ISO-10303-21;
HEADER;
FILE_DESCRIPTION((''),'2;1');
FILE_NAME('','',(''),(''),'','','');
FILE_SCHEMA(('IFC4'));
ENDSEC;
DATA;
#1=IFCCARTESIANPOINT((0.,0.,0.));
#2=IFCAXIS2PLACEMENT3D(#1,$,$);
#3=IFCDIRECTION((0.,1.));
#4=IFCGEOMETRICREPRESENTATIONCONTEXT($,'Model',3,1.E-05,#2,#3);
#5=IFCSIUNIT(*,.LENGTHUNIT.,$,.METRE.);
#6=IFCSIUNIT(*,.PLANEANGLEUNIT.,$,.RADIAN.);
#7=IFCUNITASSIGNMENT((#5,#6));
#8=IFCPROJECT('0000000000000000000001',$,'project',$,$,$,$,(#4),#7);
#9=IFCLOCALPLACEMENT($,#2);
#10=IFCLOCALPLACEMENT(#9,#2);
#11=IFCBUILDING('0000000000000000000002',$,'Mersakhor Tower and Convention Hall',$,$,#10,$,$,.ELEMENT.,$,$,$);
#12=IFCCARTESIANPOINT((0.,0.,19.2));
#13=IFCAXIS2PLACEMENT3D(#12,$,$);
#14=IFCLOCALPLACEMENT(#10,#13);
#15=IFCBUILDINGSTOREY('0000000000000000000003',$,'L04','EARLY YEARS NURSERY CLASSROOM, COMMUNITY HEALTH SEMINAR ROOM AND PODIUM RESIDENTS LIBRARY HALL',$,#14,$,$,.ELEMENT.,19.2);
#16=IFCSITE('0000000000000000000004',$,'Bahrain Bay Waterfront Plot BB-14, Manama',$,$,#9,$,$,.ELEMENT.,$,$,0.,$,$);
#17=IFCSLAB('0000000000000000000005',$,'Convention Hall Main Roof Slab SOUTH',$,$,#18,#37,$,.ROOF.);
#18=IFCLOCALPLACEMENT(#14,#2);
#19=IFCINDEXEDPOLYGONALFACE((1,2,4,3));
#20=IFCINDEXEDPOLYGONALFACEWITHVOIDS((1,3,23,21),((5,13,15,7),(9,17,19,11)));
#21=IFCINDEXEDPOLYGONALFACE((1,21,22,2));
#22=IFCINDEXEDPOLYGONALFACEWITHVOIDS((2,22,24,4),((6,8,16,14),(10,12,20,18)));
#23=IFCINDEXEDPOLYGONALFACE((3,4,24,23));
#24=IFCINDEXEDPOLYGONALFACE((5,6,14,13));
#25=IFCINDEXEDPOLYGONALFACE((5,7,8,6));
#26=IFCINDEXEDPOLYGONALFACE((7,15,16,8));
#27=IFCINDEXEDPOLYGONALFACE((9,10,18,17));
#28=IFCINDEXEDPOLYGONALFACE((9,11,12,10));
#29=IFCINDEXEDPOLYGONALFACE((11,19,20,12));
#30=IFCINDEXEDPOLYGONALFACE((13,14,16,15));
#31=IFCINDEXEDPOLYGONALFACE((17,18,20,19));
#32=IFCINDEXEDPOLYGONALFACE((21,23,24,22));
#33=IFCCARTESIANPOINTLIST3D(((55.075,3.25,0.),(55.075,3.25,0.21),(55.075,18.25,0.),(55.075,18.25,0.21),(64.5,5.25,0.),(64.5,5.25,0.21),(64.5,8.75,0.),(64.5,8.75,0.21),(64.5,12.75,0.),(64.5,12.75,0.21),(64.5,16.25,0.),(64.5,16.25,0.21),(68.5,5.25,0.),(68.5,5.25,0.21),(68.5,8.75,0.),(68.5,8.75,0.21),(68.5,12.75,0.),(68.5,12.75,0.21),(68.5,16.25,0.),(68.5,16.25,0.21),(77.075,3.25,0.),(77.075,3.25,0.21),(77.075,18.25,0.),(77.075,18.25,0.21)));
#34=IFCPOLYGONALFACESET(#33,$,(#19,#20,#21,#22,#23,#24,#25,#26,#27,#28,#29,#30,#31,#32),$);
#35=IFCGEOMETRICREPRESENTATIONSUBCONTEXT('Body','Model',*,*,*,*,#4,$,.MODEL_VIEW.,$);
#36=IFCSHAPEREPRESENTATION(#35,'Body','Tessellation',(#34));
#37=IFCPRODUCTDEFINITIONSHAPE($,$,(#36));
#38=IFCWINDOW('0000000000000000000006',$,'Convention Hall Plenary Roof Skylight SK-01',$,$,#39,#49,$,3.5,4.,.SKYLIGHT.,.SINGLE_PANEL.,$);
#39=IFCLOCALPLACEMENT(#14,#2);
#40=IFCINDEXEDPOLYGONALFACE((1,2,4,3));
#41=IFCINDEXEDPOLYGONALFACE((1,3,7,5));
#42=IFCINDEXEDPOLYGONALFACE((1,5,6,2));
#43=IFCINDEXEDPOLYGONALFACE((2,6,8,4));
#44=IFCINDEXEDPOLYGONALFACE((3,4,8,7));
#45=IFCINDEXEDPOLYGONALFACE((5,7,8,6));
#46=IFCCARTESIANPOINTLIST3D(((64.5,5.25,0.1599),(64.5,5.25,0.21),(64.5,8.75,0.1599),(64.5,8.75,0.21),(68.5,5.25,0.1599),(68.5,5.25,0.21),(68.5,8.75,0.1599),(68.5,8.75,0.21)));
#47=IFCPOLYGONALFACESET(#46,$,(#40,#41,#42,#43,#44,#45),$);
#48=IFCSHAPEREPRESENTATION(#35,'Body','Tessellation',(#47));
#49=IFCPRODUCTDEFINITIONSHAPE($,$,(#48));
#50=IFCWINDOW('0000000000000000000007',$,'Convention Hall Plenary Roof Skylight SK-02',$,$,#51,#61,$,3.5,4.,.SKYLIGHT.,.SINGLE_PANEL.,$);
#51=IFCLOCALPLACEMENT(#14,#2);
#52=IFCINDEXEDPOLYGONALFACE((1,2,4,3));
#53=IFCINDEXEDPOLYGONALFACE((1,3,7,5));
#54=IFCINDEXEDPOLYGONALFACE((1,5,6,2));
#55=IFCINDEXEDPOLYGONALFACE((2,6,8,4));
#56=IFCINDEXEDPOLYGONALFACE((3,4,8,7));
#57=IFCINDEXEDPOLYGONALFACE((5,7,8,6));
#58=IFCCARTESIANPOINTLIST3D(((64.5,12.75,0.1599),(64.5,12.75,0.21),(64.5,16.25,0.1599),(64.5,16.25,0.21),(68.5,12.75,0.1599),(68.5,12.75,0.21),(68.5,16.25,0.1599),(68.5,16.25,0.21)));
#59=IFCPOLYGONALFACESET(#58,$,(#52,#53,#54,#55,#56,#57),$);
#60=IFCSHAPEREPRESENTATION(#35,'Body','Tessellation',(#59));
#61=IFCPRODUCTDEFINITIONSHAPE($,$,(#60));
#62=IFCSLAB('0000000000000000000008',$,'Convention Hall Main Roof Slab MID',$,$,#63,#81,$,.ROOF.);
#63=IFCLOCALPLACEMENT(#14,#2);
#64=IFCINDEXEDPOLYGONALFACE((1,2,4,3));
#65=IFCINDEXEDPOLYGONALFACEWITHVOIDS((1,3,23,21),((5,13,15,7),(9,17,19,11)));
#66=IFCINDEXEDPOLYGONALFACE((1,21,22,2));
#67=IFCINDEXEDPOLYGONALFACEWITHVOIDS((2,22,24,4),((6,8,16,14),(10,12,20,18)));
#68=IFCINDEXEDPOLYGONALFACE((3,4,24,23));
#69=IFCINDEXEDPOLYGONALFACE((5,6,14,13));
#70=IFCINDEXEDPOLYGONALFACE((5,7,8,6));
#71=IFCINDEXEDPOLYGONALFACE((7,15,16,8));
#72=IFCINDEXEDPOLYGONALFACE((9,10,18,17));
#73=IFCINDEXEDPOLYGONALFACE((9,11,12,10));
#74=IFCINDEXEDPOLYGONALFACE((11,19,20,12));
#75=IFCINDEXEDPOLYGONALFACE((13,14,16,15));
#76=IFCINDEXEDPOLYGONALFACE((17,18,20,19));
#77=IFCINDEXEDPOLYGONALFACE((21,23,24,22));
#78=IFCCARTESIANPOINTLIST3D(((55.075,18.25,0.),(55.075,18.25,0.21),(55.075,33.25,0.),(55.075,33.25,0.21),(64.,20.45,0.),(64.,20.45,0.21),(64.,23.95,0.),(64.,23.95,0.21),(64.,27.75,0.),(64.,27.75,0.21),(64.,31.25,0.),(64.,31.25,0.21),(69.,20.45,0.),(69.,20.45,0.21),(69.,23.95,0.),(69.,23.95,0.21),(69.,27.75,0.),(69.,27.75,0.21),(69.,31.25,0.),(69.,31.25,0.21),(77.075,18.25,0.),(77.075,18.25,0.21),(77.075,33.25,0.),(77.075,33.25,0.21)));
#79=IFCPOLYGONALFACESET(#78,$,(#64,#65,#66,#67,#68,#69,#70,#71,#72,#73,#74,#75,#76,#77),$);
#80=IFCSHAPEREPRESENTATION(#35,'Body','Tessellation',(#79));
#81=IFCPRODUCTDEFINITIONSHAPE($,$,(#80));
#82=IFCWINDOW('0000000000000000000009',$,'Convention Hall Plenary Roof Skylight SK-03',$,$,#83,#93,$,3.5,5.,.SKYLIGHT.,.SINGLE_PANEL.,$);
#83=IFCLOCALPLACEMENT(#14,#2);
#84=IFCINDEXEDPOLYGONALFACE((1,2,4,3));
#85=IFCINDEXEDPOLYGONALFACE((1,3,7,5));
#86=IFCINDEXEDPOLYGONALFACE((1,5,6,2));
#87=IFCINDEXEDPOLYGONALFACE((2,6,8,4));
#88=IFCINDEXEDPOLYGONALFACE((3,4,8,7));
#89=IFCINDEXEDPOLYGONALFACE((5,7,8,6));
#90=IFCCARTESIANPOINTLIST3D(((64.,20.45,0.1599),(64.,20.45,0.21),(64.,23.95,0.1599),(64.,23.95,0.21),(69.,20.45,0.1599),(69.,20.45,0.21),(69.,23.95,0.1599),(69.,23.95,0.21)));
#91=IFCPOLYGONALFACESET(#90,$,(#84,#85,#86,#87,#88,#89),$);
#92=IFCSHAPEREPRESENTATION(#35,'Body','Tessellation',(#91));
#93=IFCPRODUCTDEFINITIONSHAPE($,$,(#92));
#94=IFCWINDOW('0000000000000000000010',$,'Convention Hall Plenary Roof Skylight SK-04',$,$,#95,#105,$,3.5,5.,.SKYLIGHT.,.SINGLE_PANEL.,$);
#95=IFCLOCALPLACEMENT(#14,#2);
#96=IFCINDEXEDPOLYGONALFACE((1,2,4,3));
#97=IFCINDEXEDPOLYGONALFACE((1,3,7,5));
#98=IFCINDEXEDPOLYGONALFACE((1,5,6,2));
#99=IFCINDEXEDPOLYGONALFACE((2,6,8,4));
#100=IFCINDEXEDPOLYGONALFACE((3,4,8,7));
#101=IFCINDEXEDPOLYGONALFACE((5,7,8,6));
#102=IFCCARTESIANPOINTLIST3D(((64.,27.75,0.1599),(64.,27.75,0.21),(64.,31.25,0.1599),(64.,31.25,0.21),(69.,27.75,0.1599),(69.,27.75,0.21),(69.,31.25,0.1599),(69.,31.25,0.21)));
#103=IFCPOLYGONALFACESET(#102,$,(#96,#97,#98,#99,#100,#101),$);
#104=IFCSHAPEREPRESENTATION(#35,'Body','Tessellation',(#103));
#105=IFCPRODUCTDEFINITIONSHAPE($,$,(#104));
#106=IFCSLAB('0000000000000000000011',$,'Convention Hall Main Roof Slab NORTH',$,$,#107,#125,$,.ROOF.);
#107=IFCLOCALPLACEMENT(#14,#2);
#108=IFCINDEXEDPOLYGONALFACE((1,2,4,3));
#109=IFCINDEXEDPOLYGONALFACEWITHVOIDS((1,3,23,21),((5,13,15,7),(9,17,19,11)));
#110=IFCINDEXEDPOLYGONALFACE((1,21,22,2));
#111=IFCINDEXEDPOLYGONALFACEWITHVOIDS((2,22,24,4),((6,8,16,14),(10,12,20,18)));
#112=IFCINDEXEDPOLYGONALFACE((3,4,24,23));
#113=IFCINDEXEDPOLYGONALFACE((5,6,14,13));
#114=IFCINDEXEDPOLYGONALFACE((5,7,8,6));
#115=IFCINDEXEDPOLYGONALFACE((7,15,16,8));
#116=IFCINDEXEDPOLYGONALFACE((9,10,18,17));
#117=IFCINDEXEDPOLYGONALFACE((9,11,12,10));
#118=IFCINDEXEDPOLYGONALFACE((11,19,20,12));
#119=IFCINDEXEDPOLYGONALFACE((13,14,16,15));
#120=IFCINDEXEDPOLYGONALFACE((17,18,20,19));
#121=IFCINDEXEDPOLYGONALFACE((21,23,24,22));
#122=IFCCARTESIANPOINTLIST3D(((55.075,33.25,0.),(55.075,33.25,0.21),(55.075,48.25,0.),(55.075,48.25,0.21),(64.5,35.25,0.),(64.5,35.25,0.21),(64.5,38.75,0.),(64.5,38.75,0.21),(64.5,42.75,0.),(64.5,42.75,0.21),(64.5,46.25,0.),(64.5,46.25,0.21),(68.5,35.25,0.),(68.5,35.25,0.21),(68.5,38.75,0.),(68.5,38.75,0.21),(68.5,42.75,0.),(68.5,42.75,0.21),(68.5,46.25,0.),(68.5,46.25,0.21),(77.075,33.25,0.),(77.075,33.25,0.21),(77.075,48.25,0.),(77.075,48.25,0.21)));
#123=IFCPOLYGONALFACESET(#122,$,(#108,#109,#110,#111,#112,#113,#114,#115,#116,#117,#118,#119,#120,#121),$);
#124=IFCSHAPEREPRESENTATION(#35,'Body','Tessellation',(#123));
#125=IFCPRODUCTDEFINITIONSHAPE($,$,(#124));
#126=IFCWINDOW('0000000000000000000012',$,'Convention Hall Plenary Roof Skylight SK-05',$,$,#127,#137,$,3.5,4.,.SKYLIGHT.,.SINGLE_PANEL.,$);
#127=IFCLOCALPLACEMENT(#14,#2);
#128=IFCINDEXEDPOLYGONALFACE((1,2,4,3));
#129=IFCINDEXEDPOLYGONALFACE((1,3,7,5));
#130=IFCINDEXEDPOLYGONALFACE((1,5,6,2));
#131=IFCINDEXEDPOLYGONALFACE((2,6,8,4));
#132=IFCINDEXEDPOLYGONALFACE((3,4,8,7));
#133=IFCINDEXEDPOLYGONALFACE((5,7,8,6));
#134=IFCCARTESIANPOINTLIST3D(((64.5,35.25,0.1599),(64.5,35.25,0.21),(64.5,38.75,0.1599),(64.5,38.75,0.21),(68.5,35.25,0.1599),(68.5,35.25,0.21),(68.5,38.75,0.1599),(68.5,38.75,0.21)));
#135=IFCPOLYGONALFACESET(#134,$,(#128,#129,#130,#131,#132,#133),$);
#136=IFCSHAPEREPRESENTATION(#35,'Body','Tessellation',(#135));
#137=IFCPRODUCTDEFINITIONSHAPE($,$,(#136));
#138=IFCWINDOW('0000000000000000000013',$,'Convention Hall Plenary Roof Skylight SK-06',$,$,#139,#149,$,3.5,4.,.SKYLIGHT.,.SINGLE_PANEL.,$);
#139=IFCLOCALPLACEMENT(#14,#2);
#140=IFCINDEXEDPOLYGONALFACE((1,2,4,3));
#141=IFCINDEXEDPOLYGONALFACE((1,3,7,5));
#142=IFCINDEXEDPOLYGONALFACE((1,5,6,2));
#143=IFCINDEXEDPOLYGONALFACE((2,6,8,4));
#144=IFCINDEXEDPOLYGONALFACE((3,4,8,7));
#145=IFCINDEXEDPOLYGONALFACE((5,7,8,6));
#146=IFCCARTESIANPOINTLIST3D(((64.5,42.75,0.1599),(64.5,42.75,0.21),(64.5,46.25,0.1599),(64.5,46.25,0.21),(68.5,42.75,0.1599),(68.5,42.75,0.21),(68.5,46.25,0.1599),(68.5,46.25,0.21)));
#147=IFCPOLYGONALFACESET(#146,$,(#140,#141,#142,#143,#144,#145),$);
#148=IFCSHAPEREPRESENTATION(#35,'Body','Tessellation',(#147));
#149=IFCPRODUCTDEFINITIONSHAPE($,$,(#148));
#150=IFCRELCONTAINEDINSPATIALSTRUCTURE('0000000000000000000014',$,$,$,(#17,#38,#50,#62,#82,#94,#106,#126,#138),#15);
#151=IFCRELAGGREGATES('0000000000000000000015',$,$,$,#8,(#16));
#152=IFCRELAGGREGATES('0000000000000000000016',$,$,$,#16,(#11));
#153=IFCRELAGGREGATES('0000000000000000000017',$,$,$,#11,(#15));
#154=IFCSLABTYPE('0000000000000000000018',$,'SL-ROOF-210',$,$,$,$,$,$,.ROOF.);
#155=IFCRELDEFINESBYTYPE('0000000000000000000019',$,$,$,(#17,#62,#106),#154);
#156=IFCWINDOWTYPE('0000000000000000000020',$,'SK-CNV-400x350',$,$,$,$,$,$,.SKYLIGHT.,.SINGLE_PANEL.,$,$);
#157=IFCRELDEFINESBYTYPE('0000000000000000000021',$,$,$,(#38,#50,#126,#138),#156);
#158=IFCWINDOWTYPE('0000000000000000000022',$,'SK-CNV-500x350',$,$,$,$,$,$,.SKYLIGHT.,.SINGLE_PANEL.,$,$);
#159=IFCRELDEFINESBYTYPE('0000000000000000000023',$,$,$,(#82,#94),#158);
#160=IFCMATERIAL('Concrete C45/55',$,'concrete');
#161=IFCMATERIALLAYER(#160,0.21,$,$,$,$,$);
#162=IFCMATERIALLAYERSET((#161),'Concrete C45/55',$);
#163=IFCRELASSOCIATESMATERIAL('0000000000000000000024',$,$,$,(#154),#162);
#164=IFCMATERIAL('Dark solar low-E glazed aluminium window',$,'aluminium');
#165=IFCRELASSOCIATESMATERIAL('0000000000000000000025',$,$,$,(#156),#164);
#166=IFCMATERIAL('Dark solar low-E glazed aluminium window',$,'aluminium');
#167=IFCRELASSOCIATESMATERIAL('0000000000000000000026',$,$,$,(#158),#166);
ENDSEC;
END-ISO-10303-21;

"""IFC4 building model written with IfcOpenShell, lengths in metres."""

from ifc_helpers import new_model, si_unit, direction, frame, origin, origin_2d, place, context, subcontext, project, spatial, polyline, rectangle, outline, extrude, material, layer, layer_set, type_object, element, fill, save


model = new_model("IFC4")

# Units and contexts
model_context = context("Model", 3, precision=1e-05, world=origin(), true_north=direction((0.0, 1.0)))
body_context = subcontext(model_context, "Body", "Model", "MODEL_VIEW")
ifc_project = project(units=[si_unit("LENGTHUNIT", "METRE"), si_unit("PLANEANGLEUNIT", "RADIAN")], contexts=[model_context])

# Site, building, storey
site_placement = place(None, origin())
site = spatial("IfcSite", under=ifc_project, at=site_placement, Name="Bahrain Bay Waterfront Plot BB-14, Manama", CompositionType="ELEMENT", RefElevation=0.0)
building_placement = place(site_placement, origin())
building = spatial("IfcBuilding", under=site, at=building_placement, Name="Mersakhor Tower and Convention Hall", CompositionType="ELEMENT")
storey_placement = place(building_placement, frame((0.0, 0.0, 19.2)))
storey = spatial("IfcBuildingStorey", under=building, at=storey_placement, Name="L04", Description="EARLY YEARS NURSERY CLASSROOM, COMMUNITY HEALTH SEMINAR ROOM AND PODIUM RESIDENTS LIBRARY HALL", CompositionType="ELEMENT", Elevation=19.2)

# Slabs, openings, windows
ifc_material_1 = material(Name="Concrete C45/55", Category="concrete")
ifc_layer_1 = layer(ifc_material_1, 0.21)
ifc_layer_set_1 = layer_set([ifc_layer_1], Name="Concrete C45/55")
slab_type_1 = type_object("IfcSlabType", Name="SL-ROOF-210", PredefinedType="ROOF", material=ifc_layer_set_1)
slab_1_placement = place(storey_placement, origin())
slab_1 = element("IfcSlab", 1, at=slab_1_placement, inside=storey, type_object=slab_type_1, Name="Convention Hall Main Roof Slab SOUTH", PredefinedType="ROOF", context=body_context, shape_type="SweptSolid", body=[
    extrude(outline(polyline([(55.075, 3.25), (55.075, 18.25), (77.075, 18.25), (77.075, 3.25), (55.075, 3.25)])), origin(), (0.0, 0.0, 1.0), 0.21),
])
opening_1_placement = place(slab_1_placement, frame((66.5, 7.0, 0.0)))
opening_1 = element("IfcOpeningElement", 2, at=opening_1_placement, cuts=slab_1, PredefinedType="OPENING", context=body_context, shape_type="SweptSolid", body=[
    extrude(rectangle(XDim=4.0, YDim=3.5, at=origin_2d()), origin(), (0.0, 0.0, 1.0), 0.21),
])
opening_2_placement = place(slab_1_placement, frame((66.5, 14.5, 0.0)))
opening_2 = element("IfcOpeningElement", 3, at=opening_2_placement, cuts=slab_1, PredefinedType="OPENING", context=body_context, shape_type="SweptSolid", body=[
    extrude(rectangle(XDim=4.0, YDim=3.5, at=origin_2d()), origin(), (0.0, 0.0, 1.0), 0.21),
])
ifc_material_2 = material(Name="Dark solar low-E glazed aluminium window", Category="aluminium")
window_type_1 = type_object("IfcWindowType", Name="SK-CNV-400x350", PartitioningType="SINGLE_PANEL", PredefinedType="SKYLIGHT", material=ifc_material_2)
window_1_placement = place(opening_1_placement, frame((0.0, 0.0, 0.1599)))
window_1 = element("IfcWindow", 4, at=window_1_placement, inside=storey, type_object=window_type_1, Name="Convention Hall Plenary Roof Skylight SK-01", OverallHeight=3.5, OverallWidth=4.0, PartitioningType="SINGLE_PANEL", PredefinedType="SKYLIGHT", context=body_context, shape_type="SweptSolid", body=[
    extrude(rectangle(XDim=4.0, YDim=3.5, at=origin_2d()), origin(), (0.0, 0.0, 1.0), 0.05),
])
fill(opening_1, window_1)
window_2_placement = place(opening_2_placement, frame((0.0, 0.0, 0.1599)))
window_2 = element("IfcWindow", 5, at=window_2_placement, inside=storey, type_object=window_type_1, Name="Convention Hall Plenary Roof Skylight SK-02", OverallHeight=3.5, OverallWidth=4.0, PartitioningType="SINGLE_PANEL", PredefinedType="SKYLIGHT", context=body_context, shape_type="SweptSolid", body=[
    extrude(rectangle(XDim=4.0, YDim=3.5, at=origin_2d()), origin(), (0.0, 0.0, 1.0), 0.05),
])
fill(opening_2, window_2)
slab_2_placement = place(storey_placement, origin())
slab_2 = element("IfcSlab", 6, at=slab_2_placement, inside=storey, type_object=slab_type_1, Name="Convention Hall Main Roof Slab MID", PredefinedType="ROOF", context=body_context, shape_type="SweptSolid", body=[
    extrude(outline(polyline([(55.075, 18.25), (55.075, 33.25), (77.075, 33.25), (77.075, 18.25), (55.075, 18.25)])), origin(), (0.0, 0.0, 1.0), 0.21),
])
opening_3_placement = place(slab_2_placement, frame((66.5, 22.2, 0.0)))
opening_3 = element("IfcOpeningElement", 7, at=opening_3_placement, cuts=slab_2, PredefinedType="OPENING", context=body_context, shape_type="SweptSolid", body=[
    extrude(rectangle(XDim=5.0, YDim=3.5, at=origin_2d()), origin(), (0.0, 0.0, 1.0), 0.21),
])
opening_4_placement = place(slab_2_placement, frame((66.5, 29.5, 0.0)))
opening_4 = element("IfcOpeningElement", 8, at=opening_4_placement, cuts=slab_2, PredefinedType="OPENING", context=body_context, shape_type="SweptSolid", body=[
    extrude(rectangle(XDim=5.0, YDim=3.5, at=origin_2d()), origin(), (0.0, 0.0, 1.0), 0.21),
])
ifc_material_3 = material(Name="Dark solar low-E glazed aluminium window", Category="aluminium")
window_type_2 = type_object("IfcWindowType", Name="SK-CNV-500x350", PartitioningType="SINGLE_PANEL", PredefinedType="SKYLIGHT", material=ifc_material_3)
window_3_placement = place(opening_3_placement, frame((0.0, 0.0, 0.1599)))
window_3 = element("IfcWindow", 9, at=window_3_placement, inside=storey, type_object=window_type_2, Name="Convention Hall Plenary Roof Skylight SK-03", OverallHeight=3.5, OverallWidth=5.0, PartitioningType="SINGLE_PANEL", PredefinedType="SKYLIGHT", context=body_context, shape_type="SweptSolid", body=[
    extrude(rectangle(XDim=5.0, YDim=3.5, at=origin_2d()), origin(), (0.0, 0.0, 1.0), 0.05),
])
fill(opening_3, window_3)
window_4_placement = place(opening_4_placement, frame((0.0, 0.0, 0.1599)))
window_4 = element("IfcWindow", 10, at=window_4_placement, inside=storey, type_object=window_type_2, Name="Convention Hall Plenary Roof Skylight SK-04", OverallHeight=3.5, OverallWidth=5.0, PartitioningType="SINGLE_PANEL", PredefinedType="SKYLIGHT", context=body_context, shape_type="SweptSolid", body=[
    extrude(rectangle(XDim=5.0, YDim=3.5, at=origin_2d()), origin(), (0.0, 0.0, 1.0), 0.05),
])
fill(opening_4, window_4)
slab_3_placement = place(storey_placement, origin())
slab_3 = element("IfcSlab", 11, at=slab_3_placement, inside=storey, type_object=slab_type_1, Name="Convention Hall Main Roof Slab NORTH", PredefinedType="ROOF", context=body_context, shape_type="SweptSolid", body=[
    extrude(outline(polyline([(55.075, 33.25), (55.075, 48.25), (77.075, 48.25), (77.075, 33.25), (55.075, 33.25)])), origin(), (0.0, 0.0, 1.0), 0.21),
])
opening_5_placement = place(slab_3_placement, frame((66.5, 37.0, 0.0)))
opening_5 = element("IfcOpeningElement", 12, at=opening_5_placement, cuts=slab_3, PredefinedType="OPENING", context=body_context, shape_type="SweptSolid", body=[
    extrude(rectangle(XDim=4.0, YDim=3.5, at=origin_2d()), origin(), (0.0, 0.0, 1.0), 0.21),
])
opening_6_placement = place(slab_3_placement, frame((66.5, 44.5, 0.0)))
opening_6 = element("IfcOpeningElement", 13, at=opening_6_placement, cuts=slab_3, PredefinedType="OPENING", context=body_context, shape_type="SweptSolid", body=[
    extrude(rectangle(XDim=4.0, YDim=3.5, at=origin_2d()), origin(), (0.0, 0.0, 1.0), 0.21),
])
window_5_placement = place(opening_5_placement, frame((0.0, 0.0, 0.1599)))
window_5 = element("IfcWindow", 14, at=window_5_placement, inside=storey, type_object=window_type_1, Name="Convention Hall Plenary Roof Skylight SK-05", OverallHeight=3.5, OverallWidth=4.0, PartitioningType="SINGLE_PANEL", PredefinedType="SKYLIGHT", context=body_context, shape_type="SweptSolid", body=[
    extrude(rectangle(XDim=4.0, YDim=3.5, at=origin_2d()), origin(), (0.0, 0.0, 1.0), 0.05),
])
fill(opening_5, window_5)
window_6_placement = place(opening_6_placement, frame((0.0, 0.0, 0.1599)))
window_6 = element("IfcWindow", 15, at=window_6_placement, inside=storey, type_object=window_type_1, Name="Convention Hall Plenary Roof Skylight SK-06", OverallHeight=3.5, OverallWidth=4.0, PartitioningType="SINGLE_PANEL", PredefinedType="SKYLIGHT", context=body_context, shape_type="SweptSolid", body=[
    extrude(rectangle(XDim=4.0, YDim=3.5, at=origin_2d()), origin(), (0.0, 0.0, 1.0), 0.05),
])
fill(opening_6, window_6)

save(model, "model.ifc")
